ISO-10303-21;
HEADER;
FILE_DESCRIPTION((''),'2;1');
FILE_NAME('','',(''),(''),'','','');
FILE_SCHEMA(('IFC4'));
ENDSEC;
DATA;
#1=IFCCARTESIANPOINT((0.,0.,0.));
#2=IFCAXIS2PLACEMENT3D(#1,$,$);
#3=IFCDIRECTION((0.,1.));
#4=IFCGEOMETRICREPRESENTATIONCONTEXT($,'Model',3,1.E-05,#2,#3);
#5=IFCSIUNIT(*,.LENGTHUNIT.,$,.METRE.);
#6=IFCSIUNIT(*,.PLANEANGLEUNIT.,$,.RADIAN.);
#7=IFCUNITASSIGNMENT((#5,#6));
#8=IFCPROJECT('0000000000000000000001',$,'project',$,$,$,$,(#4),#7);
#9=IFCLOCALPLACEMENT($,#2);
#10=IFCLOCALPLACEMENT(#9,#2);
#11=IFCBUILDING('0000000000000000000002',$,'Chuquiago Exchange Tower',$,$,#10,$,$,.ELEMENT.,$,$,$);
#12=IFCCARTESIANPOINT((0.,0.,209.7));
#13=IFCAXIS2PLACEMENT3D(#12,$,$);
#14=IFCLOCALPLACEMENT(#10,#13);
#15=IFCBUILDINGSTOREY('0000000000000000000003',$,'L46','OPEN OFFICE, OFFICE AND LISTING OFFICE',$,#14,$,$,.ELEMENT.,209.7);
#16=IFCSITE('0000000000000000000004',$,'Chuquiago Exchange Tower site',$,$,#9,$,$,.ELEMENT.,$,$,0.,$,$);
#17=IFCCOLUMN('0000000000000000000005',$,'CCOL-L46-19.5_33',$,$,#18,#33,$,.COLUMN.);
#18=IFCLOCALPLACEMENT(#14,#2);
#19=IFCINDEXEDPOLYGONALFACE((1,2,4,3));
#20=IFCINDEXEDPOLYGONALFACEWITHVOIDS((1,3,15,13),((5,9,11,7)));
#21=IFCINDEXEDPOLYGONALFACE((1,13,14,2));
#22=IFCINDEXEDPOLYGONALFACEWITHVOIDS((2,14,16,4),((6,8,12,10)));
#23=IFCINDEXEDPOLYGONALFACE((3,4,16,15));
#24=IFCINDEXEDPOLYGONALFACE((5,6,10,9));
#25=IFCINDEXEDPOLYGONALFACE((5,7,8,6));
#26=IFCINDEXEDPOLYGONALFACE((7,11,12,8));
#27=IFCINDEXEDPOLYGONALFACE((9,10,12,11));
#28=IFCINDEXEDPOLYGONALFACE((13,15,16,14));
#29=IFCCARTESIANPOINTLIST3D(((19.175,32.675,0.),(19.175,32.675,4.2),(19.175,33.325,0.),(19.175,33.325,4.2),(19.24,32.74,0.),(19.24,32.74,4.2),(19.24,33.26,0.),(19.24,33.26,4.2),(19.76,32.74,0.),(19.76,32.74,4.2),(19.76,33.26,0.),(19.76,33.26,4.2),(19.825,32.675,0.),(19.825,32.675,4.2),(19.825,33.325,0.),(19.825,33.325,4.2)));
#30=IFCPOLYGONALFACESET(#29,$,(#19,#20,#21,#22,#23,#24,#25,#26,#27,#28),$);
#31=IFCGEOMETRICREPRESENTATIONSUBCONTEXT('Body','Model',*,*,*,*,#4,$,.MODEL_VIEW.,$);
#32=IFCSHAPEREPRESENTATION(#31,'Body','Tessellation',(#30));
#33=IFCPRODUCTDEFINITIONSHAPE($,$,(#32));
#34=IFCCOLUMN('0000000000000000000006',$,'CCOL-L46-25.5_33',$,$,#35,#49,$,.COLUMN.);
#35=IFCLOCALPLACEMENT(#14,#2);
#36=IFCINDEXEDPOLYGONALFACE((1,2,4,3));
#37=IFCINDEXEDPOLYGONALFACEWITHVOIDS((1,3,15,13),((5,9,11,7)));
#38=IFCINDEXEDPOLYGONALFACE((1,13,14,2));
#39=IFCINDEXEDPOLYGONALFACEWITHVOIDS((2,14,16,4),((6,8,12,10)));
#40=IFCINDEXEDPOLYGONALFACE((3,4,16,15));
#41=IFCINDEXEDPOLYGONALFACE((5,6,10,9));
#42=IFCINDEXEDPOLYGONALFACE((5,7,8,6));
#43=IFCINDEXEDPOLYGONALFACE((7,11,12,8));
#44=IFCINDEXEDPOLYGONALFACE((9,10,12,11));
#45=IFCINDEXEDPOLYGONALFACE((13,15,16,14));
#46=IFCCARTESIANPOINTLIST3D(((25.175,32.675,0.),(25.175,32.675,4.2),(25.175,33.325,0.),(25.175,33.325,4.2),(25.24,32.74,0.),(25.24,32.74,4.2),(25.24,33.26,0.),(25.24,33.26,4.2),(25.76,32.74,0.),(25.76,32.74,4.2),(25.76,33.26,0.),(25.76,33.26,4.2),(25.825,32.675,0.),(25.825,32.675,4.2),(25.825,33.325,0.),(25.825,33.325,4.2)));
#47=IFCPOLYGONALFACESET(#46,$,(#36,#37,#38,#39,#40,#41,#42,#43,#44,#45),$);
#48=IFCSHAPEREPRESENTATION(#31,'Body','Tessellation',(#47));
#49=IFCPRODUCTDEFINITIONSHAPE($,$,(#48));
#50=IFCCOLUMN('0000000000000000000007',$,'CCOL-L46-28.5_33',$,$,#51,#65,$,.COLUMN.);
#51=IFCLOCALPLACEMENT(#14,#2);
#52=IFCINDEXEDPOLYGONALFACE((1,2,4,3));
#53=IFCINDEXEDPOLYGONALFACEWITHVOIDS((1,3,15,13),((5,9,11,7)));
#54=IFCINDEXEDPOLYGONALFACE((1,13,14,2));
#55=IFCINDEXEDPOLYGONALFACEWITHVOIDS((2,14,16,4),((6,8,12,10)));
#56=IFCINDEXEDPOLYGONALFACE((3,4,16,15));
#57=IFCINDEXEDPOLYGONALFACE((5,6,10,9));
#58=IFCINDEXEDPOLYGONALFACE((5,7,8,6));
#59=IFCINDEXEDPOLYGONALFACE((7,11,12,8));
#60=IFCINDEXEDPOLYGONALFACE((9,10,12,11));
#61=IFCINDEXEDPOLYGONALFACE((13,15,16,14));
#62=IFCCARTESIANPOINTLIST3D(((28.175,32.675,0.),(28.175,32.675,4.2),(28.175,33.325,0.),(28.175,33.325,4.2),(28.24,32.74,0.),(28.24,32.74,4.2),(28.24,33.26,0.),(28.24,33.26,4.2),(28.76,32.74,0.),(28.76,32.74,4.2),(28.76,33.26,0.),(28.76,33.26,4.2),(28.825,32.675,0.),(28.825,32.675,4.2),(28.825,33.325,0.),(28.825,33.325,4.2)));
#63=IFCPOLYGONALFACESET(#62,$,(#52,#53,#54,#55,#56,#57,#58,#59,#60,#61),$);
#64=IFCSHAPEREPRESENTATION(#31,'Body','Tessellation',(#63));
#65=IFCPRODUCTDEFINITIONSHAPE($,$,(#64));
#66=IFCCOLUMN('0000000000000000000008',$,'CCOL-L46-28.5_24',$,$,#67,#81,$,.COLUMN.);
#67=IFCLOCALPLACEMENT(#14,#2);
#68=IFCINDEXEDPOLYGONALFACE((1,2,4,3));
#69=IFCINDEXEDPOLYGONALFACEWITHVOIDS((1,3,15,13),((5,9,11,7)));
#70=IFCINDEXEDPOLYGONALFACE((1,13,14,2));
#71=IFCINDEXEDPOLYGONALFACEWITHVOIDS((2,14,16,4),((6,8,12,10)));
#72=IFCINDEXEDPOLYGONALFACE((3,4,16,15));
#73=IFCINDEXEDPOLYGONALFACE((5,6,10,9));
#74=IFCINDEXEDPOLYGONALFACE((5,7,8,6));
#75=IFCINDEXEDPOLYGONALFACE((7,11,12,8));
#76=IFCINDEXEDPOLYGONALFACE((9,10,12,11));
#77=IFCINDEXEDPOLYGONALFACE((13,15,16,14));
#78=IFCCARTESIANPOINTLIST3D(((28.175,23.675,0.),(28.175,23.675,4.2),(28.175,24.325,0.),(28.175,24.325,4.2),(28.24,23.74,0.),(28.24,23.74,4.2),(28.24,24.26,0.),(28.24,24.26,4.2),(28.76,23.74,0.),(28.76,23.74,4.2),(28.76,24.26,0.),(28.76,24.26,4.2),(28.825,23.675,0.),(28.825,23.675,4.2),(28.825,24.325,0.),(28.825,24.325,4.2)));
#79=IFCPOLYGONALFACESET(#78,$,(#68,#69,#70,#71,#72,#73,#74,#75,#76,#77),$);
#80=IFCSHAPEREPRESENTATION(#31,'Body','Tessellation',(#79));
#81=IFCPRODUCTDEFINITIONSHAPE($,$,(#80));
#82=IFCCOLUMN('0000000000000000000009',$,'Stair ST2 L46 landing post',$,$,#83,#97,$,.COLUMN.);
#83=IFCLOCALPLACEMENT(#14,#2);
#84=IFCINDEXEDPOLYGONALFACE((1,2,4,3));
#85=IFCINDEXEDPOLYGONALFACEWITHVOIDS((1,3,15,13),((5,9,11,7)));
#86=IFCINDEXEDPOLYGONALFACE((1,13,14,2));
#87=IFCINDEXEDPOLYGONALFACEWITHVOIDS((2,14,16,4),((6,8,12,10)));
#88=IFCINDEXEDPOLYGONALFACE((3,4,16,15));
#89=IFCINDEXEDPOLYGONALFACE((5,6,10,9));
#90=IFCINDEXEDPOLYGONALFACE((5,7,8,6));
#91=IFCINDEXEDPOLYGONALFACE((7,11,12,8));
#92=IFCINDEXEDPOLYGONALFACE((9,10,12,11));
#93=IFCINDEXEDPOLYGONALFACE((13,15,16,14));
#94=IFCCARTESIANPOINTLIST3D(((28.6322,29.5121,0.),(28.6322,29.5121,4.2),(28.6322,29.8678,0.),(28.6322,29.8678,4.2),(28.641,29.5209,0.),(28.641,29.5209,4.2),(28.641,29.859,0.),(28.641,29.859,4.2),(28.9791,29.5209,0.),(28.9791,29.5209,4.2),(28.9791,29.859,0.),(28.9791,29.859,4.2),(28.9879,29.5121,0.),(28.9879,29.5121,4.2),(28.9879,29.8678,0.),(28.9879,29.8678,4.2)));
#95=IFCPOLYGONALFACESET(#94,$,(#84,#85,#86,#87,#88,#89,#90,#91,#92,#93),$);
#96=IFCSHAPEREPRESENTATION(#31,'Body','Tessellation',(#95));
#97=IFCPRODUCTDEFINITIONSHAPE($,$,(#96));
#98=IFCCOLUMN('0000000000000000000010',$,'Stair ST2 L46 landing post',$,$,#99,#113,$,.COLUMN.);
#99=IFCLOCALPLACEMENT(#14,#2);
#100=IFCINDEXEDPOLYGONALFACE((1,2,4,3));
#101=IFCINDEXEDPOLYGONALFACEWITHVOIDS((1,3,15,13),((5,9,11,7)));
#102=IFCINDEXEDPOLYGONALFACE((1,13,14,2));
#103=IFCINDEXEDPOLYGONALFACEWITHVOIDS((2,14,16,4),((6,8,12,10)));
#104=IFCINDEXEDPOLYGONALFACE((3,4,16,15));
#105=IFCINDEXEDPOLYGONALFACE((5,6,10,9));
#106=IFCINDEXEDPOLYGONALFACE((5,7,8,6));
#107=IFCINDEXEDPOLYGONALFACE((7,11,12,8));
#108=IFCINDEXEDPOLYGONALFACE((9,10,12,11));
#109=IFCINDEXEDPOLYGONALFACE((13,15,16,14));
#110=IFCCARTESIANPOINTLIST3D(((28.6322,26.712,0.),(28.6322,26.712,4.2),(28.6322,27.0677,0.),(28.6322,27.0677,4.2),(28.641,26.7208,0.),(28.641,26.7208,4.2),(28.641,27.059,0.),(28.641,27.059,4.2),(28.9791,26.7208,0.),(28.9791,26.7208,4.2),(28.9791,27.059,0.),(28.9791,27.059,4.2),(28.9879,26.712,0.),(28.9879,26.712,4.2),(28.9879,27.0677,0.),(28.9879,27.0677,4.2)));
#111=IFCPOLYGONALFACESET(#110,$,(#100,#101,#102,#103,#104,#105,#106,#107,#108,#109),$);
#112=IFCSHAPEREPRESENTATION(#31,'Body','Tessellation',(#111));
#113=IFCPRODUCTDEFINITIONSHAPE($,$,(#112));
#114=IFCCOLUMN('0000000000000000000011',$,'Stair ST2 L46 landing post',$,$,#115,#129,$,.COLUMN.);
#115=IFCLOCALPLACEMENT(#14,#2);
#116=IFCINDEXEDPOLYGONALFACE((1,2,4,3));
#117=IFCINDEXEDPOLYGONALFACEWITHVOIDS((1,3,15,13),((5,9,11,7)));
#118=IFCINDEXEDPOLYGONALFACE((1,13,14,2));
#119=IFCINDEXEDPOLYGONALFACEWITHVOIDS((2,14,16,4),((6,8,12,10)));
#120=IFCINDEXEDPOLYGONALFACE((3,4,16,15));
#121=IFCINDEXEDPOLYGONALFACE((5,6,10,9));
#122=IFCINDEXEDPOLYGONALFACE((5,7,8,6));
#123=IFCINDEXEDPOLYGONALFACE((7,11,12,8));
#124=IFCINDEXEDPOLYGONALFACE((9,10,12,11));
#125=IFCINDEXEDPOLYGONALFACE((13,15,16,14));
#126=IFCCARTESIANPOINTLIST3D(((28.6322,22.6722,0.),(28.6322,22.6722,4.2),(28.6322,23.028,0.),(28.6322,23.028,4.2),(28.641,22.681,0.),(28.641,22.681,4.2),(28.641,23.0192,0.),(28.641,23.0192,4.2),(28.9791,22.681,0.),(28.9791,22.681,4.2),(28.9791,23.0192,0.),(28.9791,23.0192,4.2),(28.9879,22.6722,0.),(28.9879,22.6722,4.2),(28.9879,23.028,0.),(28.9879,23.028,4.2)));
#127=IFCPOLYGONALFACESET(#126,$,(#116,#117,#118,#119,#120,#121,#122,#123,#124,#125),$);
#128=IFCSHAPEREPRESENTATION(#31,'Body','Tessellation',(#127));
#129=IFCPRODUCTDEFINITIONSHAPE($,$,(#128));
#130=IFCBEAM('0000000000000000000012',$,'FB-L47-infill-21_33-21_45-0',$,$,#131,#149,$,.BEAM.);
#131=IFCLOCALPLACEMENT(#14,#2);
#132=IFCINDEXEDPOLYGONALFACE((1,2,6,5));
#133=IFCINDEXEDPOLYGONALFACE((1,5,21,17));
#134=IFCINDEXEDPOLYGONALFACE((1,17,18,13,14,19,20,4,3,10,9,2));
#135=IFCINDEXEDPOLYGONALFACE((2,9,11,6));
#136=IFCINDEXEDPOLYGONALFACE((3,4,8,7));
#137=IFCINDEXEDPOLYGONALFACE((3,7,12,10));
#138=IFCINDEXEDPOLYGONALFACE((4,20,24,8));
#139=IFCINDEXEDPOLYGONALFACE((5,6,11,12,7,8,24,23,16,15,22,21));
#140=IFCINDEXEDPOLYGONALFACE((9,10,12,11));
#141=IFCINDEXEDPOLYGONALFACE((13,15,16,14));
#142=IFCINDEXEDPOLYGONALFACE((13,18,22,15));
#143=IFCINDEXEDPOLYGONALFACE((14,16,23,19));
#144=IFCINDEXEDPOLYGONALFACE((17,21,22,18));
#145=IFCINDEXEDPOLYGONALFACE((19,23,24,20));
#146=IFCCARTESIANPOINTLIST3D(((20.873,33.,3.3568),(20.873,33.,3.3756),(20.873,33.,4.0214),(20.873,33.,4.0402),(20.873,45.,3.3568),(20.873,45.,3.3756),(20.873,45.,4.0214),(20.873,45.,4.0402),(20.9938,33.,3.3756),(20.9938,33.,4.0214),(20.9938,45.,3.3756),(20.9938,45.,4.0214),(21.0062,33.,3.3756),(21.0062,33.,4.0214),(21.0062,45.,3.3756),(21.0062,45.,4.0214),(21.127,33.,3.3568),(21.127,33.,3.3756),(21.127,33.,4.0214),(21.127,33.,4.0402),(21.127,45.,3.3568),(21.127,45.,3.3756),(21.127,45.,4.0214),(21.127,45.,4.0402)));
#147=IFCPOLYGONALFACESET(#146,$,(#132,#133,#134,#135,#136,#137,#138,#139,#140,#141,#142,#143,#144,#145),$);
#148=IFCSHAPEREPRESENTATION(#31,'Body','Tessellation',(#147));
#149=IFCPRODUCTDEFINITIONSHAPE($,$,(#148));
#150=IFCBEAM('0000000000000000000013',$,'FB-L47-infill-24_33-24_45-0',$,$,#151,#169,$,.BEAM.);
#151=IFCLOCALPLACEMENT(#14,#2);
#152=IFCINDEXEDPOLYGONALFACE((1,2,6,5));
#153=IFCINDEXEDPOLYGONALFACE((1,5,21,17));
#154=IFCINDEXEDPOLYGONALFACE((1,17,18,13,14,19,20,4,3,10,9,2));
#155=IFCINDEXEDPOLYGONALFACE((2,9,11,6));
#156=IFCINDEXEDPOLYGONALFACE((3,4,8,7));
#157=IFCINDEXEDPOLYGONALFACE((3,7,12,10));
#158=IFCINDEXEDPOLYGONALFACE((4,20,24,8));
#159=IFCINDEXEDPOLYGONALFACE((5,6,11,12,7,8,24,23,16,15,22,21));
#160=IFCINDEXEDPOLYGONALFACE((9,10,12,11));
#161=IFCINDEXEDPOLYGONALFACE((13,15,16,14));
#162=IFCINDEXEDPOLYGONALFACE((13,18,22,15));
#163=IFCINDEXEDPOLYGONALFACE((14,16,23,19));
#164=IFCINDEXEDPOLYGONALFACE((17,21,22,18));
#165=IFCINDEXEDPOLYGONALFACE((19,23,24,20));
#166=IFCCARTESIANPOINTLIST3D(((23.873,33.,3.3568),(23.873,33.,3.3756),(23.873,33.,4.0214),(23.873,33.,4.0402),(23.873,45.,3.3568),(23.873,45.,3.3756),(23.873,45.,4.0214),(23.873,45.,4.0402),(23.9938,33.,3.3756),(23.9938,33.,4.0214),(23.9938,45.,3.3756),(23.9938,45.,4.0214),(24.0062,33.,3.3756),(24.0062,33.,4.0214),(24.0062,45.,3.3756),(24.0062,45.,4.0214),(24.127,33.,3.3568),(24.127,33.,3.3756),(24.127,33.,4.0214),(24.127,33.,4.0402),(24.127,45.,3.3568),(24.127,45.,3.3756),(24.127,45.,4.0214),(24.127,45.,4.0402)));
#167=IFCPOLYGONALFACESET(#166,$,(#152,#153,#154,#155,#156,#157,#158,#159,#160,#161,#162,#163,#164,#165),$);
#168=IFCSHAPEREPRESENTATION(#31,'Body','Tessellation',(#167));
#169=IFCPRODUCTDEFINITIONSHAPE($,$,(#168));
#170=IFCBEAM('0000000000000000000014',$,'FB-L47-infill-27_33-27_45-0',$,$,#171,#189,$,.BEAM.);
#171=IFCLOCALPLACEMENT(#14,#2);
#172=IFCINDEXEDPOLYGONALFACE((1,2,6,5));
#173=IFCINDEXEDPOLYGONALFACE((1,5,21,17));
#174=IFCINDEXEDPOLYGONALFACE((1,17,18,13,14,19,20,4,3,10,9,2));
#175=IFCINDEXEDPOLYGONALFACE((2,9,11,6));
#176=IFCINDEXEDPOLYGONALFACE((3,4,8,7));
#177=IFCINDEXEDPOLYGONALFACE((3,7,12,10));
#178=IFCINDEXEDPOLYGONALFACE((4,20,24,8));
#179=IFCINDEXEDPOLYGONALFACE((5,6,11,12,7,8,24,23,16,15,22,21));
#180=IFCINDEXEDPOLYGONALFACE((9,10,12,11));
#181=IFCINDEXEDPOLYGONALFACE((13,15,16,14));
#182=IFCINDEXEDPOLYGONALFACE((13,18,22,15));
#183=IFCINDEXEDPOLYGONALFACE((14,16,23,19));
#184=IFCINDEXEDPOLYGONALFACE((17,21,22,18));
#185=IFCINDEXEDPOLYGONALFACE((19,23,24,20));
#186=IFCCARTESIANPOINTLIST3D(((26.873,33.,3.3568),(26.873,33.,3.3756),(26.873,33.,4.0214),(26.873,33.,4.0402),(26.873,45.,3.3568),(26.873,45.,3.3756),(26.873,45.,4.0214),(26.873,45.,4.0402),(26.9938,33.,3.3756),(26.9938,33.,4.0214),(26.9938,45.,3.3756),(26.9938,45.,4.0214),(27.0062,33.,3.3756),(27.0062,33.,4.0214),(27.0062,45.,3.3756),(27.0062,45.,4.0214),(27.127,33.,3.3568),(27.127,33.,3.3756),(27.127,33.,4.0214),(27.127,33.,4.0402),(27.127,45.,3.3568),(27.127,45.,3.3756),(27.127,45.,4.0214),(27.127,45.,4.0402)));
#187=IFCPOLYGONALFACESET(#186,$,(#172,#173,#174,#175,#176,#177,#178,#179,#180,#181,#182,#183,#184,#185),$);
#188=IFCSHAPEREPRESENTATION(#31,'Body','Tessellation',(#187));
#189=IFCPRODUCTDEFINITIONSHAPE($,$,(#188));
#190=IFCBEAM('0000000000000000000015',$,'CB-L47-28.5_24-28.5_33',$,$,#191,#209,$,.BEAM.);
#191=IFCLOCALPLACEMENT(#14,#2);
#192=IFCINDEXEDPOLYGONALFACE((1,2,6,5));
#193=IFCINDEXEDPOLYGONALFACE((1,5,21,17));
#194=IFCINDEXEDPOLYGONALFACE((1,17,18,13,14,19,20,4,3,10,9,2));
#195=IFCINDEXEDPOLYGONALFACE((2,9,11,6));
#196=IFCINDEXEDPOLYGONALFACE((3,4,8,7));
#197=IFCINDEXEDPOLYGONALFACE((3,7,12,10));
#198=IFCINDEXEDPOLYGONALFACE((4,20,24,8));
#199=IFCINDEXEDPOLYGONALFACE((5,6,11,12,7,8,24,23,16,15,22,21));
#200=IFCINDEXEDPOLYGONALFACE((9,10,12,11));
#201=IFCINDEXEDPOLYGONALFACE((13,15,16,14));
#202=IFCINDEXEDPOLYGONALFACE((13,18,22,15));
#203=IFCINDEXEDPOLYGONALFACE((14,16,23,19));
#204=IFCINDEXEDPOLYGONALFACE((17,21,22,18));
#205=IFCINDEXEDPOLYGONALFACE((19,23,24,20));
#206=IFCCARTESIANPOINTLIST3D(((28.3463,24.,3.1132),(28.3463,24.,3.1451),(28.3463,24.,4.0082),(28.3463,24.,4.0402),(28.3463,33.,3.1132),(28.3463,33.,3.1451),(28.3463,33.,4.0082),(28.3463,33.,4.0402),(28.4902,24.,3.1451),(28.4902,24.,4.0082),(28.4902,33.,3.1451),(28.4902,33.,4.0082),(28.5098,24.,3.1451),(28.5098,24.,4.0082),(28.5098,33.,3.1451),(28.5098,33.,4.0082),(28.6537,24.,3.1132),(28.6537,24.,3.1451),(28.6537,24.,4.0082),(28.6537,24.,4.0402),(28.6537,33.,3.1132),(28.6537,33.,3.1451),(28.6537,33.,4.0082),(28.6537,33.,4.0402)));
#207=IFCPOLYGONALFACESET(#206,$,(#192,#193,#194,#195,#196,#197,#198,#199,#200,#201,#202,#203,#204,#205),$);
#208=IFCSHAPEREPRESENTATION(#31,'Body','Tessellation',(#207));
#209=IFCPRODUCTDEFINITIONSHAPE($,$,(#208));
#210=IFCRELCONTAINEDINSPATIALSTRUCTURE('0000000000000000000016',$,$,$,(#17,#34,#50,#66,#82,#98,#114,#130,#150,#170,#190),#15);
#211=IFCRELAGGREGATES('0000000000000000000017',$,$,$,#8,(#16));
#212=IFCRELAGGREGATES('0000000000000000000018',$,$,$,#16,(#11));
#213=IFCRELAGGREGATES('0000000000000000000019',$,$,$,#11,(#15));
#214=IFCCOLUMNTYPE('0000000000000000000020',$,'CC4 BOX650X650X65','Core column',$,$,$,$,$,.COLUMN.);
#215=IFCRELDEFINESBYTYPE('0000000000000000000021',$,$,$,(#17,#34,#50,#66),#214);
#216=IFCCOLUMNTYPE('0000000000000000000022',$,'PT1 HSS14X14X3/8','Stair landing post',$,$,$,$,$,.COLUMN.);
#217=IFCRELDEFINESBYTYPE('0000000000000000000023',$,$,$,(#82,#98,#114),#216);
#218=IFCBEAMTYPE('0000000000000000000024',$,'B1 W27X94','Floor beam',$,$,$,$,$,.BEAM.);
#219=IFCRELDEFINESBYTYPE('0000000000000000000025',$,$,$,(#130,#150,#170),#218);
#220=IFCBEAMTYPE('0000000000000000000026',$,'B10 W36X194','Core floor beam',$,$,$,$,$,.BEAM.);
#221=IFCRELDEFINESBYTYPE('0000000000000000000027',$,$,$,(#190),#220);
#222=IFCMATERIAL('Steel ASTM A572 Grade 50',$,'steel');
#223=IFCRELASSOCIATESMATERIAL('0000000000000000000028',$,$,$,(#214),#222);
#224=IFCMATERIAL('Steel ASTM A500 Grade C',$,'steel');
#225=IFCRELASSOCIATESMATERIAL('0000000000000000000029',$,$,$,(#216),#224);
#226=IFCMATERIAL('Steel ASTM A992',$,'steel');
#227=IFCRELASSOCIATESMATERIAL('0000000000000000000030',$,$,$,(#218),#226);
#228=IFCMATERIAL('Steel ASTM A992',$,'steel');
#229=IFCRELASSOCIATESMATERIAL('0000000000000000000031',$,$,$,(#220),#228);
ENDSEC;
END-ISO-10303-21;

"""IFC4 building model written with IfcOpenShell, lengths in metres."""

from ifc_helpers import new_model, si_unit, direction, frame, origin, origin_2d, place, context, subcontext, project, spatial, hollow_rectangle, i_section, extrude, material, material_profile, profile_set, type_object, element, save


model = new_model("IFC4")

# Units and contexts
model_context = context("Model", 3, precision=1e-05, world=origin(), true_north=direction((0.0, 1.0)))
body_context = subcontext(model_context, "Body", "Model", "MODEL_VIEW")
ifc_project = project(units=[si_unit("LENGTHUNIT", "METRE"), si_unit("PLANEANGLEUNIT", "RADIAN")], contexts=[model_context])

# Site, building, storey
site_placement = place(None, origin())
site = spatial("IfcSite", under=ifc_project, at=site_placement, Name="Chuquiago Exchange Tower site", CompositionType="ELEMENT", RefElevation=0.0)
building_placement = place(site_placement, origin())
building = spatial("IfcBuilding", under=site, at=building_placement, Name="Chuquiago Exchange Tower", CompositionType="ELEMENT")
storey_placement = place(building_placement, frame((0.0, 0.0, 209.7)))
storey = spatial("IfcBuildingStorey", under=building, at=storey_placement, Name="L46", Description="OPEN OFFICE, OFFICE AND LISTING OFFICE", CompositionType="ELEMENT", Elevation=209.7)

# Columns
ifc_material_1 = material(Name="Steel ASTM A572 Grade 50", Category="steel")
ifc_material_profile_1 = material_profile(ifc_material_1, hollow_rectangle(XDim=0.6499, YDim=0.6499, WallThickness=0.0649, at=origin_2d()), Name="BOX650X650X65")
ifc_profile_set_1 = profile_set([ifc_material_profile_1], Name="Steel ASTM A572 Grade 50")
column_type_1 = type_object("IfcColumnType", Name="CC4 BOX650X650X65", Description="Core column", PredefinedType="COLUMN", material=ifc_profile_set_1)
for number, where, z_axis, x_axis, name in (
    (1, (19.5, 33.0, 0.0), (0.0, 0.0, 1.0), (1.0, 0.0, 0.0), "CCOL-L46-19.5_33"),
    (2, (25.5, 33.0, 0.0), (0.0, 0.0, 1.0), (1.0, 0.0, 0.0), "CCOL-L46-25.5_33"),
    (3, (28.5, 33.0, 0.0), (0.0, 0.0, 1.0), (1.0, 0.0, 0.0), "CCOL-L46-28.5_33"),
    (4, (28.5, 24.0, 0.0), (0.0, 0.0, 1.0), (1.0, 0.0, 0.0), "CCOL-L46-28.5_24"),
):
    element("IfcColumn", number, at=place(storey_placement, frame(where, z_axis=z_axis, x_axis=x_axis)), inside=storey, type_object=column_type_1, Name=name, PredefinedType="COLUMN", context=body_context, shape_type="SweptSolid", body=[
        extrude(hollow_rectangle(XDim=0.6499, YDim=0.6499, WallThickness=0.0649, at=origin_2d()), origin(), (0.0, 0.0, 1.0), 4.2),
    ])
ifc_material_2 = material(Name="Steel ASTM A500 Grade C", Category="steel")
ifc_material_profile_2 = material_profile(ifc_material_2, hollow_rectangle(XDim=0.3557, YDim=0.3557, WallThickness=0.0088, at=origin_2d()), Name="HSS14X14X3/8")
ifc_profile_set_2 = profile_set([ifc_material_profile_2], Name="Steel ASTM A500 Grade C")
column_type_2 = type_object("IfcColumnType", Name="PT1 HSS14X14X3/8", Description="Stair landing post", PredefinedType="COLUMN", material=ifc_profile_set_2)
for number, where, z_axis, x_axis, name in (
    (5, (28.8101, 29.6899, 0.0), (0.0, 0.0, 1.0), (1.0, 0.0, 0.0), "Stair ST2 L46 landing post"),
    (6, (28.8101, 26.8899, 0.0), (0.0, 0.0, 1.0), (1.0, 0.0, 0.0), "Stair ST2 L46 landing post"),
    (7, (28.8101, 22.8501, 0.0), (0.0, 0.0, 1.0), (1.0, 0.0, 0.0), "Stair ST2 L46 landing post"),
):
    element("IfcColumn", number, at=place(storey_placement, frame(where, z_axis=z_axis, x_axis=x_axis)), inside=storey, type_object=column_type_2, Name=name, PredefinedType="COLUMN", context=body_context, shape_type="SweptSolid", body=[
        extrude(hollow_rectangle(XDim=0.3557, YDim=0.3557, WallThickness=0.0088, at=origin_2d()), origin(), (0.0, 0.0, 1.0), 4.2),
    ])

# Beams
ifc_material_3 = material(Name="Steel ASTM A992", Category="steel")
ifc_material_profile_3 = material_profile(ifc_material_3, i_section(OverallWidth=0.2539, OverallDepth=0.6833, WebThickness=0.0125, FlangeThickness=0.0188, at=origin_2d()), Name="W27X94")
ifc_profile_set_3 = profile_set([ifc_material_profile_3], Name="Steel ASTM A992")
beam_type_1 = type_object("IfcBeamType", Name="B1 W27X94", Description="Floor beam", PredefinedType="BEAM", material=ifc_profile_set_3)
for number, where, z_axis, x_axis, name in (
    (8, (21.0, 33.0, 3.6985), (0.0, 1.0, 0.0), (-1.0, 0.0, 0.0), "FB-L47-infill-21_33-21_45-0"),
    (9, (24.0, 33.0, 3.6985), (0.0, 1.0, 0.0), (-1.0, 0.0, 0.0), "FB-L47-infill-24_33-24_45-0"),
    (10, (27.0, 33.0, 3.6985), (0.0, 1.0, 0.0), (-1.0, 0.0, 0.0), "FB-L47-infill-27_33-27_45-0"),
):
    element("IfcBeam", number, at=place(storey_placement, frame(where, z_axis=z_axis, x_axis=x_axis)), inside=storey, type_object=beam_type_1, Name=name, PredefinedType="BEAM", context=body_context, shape_type="SweptSolid", body=[
        extrude(i_section(OverallWidth=0.2539, OverallDepth=0.6833, WebThickness=0.0125, FlangeThickness=0.0188, at=origin_2d()), origin(), (0.0, 0.0, 1.0), 12.0),
    ])
ifc_material_4 = material(Name="Steel ASTM A992", Category="steel")
ifc_material_profile_4 = material_profile(ifc_material_4, i_section(OverallWidth=0.3074, OverallDepth=0.927, WebThickness=0.0195, FlangeThickness=0.032, at=origin_2d()), Name="W36X194")
ifc_profile_set_4 = profile_set([ifc_material_profile_4], Name="Steel ASTM A992")
beam_type_2 = type_object("IfcBeamType", Name="B10 W36X194", Description="Core floor beam", PredefinedType="BEAM", material=ifc_profile_set_4)
beam_1_placement = place(storey_placement, frame((28.5, 24.0, 3.5767), z_axis=(0.0, 1.0, 0.0), x_axis=(-1.0, 0.0, 0.0)))
element("IfcBeam", 11, at=beam_1_placement, inside=storey, type_object=beam_type_2, Name="CB-L47-28.5_24-28.5_33", PredefinedType="BEAM", context=body_context, shape_type="SweptSolid", body=[
    extrude(i_section(OverallWidth=0.3074, OverallDepth=0.927, WebThickness=0.0195, FlangeThickness=0.032, at=origin_2d()), origin(), (0.0, 0.0, 1.0), 9.0),
])

save(model, "model.ifc")
